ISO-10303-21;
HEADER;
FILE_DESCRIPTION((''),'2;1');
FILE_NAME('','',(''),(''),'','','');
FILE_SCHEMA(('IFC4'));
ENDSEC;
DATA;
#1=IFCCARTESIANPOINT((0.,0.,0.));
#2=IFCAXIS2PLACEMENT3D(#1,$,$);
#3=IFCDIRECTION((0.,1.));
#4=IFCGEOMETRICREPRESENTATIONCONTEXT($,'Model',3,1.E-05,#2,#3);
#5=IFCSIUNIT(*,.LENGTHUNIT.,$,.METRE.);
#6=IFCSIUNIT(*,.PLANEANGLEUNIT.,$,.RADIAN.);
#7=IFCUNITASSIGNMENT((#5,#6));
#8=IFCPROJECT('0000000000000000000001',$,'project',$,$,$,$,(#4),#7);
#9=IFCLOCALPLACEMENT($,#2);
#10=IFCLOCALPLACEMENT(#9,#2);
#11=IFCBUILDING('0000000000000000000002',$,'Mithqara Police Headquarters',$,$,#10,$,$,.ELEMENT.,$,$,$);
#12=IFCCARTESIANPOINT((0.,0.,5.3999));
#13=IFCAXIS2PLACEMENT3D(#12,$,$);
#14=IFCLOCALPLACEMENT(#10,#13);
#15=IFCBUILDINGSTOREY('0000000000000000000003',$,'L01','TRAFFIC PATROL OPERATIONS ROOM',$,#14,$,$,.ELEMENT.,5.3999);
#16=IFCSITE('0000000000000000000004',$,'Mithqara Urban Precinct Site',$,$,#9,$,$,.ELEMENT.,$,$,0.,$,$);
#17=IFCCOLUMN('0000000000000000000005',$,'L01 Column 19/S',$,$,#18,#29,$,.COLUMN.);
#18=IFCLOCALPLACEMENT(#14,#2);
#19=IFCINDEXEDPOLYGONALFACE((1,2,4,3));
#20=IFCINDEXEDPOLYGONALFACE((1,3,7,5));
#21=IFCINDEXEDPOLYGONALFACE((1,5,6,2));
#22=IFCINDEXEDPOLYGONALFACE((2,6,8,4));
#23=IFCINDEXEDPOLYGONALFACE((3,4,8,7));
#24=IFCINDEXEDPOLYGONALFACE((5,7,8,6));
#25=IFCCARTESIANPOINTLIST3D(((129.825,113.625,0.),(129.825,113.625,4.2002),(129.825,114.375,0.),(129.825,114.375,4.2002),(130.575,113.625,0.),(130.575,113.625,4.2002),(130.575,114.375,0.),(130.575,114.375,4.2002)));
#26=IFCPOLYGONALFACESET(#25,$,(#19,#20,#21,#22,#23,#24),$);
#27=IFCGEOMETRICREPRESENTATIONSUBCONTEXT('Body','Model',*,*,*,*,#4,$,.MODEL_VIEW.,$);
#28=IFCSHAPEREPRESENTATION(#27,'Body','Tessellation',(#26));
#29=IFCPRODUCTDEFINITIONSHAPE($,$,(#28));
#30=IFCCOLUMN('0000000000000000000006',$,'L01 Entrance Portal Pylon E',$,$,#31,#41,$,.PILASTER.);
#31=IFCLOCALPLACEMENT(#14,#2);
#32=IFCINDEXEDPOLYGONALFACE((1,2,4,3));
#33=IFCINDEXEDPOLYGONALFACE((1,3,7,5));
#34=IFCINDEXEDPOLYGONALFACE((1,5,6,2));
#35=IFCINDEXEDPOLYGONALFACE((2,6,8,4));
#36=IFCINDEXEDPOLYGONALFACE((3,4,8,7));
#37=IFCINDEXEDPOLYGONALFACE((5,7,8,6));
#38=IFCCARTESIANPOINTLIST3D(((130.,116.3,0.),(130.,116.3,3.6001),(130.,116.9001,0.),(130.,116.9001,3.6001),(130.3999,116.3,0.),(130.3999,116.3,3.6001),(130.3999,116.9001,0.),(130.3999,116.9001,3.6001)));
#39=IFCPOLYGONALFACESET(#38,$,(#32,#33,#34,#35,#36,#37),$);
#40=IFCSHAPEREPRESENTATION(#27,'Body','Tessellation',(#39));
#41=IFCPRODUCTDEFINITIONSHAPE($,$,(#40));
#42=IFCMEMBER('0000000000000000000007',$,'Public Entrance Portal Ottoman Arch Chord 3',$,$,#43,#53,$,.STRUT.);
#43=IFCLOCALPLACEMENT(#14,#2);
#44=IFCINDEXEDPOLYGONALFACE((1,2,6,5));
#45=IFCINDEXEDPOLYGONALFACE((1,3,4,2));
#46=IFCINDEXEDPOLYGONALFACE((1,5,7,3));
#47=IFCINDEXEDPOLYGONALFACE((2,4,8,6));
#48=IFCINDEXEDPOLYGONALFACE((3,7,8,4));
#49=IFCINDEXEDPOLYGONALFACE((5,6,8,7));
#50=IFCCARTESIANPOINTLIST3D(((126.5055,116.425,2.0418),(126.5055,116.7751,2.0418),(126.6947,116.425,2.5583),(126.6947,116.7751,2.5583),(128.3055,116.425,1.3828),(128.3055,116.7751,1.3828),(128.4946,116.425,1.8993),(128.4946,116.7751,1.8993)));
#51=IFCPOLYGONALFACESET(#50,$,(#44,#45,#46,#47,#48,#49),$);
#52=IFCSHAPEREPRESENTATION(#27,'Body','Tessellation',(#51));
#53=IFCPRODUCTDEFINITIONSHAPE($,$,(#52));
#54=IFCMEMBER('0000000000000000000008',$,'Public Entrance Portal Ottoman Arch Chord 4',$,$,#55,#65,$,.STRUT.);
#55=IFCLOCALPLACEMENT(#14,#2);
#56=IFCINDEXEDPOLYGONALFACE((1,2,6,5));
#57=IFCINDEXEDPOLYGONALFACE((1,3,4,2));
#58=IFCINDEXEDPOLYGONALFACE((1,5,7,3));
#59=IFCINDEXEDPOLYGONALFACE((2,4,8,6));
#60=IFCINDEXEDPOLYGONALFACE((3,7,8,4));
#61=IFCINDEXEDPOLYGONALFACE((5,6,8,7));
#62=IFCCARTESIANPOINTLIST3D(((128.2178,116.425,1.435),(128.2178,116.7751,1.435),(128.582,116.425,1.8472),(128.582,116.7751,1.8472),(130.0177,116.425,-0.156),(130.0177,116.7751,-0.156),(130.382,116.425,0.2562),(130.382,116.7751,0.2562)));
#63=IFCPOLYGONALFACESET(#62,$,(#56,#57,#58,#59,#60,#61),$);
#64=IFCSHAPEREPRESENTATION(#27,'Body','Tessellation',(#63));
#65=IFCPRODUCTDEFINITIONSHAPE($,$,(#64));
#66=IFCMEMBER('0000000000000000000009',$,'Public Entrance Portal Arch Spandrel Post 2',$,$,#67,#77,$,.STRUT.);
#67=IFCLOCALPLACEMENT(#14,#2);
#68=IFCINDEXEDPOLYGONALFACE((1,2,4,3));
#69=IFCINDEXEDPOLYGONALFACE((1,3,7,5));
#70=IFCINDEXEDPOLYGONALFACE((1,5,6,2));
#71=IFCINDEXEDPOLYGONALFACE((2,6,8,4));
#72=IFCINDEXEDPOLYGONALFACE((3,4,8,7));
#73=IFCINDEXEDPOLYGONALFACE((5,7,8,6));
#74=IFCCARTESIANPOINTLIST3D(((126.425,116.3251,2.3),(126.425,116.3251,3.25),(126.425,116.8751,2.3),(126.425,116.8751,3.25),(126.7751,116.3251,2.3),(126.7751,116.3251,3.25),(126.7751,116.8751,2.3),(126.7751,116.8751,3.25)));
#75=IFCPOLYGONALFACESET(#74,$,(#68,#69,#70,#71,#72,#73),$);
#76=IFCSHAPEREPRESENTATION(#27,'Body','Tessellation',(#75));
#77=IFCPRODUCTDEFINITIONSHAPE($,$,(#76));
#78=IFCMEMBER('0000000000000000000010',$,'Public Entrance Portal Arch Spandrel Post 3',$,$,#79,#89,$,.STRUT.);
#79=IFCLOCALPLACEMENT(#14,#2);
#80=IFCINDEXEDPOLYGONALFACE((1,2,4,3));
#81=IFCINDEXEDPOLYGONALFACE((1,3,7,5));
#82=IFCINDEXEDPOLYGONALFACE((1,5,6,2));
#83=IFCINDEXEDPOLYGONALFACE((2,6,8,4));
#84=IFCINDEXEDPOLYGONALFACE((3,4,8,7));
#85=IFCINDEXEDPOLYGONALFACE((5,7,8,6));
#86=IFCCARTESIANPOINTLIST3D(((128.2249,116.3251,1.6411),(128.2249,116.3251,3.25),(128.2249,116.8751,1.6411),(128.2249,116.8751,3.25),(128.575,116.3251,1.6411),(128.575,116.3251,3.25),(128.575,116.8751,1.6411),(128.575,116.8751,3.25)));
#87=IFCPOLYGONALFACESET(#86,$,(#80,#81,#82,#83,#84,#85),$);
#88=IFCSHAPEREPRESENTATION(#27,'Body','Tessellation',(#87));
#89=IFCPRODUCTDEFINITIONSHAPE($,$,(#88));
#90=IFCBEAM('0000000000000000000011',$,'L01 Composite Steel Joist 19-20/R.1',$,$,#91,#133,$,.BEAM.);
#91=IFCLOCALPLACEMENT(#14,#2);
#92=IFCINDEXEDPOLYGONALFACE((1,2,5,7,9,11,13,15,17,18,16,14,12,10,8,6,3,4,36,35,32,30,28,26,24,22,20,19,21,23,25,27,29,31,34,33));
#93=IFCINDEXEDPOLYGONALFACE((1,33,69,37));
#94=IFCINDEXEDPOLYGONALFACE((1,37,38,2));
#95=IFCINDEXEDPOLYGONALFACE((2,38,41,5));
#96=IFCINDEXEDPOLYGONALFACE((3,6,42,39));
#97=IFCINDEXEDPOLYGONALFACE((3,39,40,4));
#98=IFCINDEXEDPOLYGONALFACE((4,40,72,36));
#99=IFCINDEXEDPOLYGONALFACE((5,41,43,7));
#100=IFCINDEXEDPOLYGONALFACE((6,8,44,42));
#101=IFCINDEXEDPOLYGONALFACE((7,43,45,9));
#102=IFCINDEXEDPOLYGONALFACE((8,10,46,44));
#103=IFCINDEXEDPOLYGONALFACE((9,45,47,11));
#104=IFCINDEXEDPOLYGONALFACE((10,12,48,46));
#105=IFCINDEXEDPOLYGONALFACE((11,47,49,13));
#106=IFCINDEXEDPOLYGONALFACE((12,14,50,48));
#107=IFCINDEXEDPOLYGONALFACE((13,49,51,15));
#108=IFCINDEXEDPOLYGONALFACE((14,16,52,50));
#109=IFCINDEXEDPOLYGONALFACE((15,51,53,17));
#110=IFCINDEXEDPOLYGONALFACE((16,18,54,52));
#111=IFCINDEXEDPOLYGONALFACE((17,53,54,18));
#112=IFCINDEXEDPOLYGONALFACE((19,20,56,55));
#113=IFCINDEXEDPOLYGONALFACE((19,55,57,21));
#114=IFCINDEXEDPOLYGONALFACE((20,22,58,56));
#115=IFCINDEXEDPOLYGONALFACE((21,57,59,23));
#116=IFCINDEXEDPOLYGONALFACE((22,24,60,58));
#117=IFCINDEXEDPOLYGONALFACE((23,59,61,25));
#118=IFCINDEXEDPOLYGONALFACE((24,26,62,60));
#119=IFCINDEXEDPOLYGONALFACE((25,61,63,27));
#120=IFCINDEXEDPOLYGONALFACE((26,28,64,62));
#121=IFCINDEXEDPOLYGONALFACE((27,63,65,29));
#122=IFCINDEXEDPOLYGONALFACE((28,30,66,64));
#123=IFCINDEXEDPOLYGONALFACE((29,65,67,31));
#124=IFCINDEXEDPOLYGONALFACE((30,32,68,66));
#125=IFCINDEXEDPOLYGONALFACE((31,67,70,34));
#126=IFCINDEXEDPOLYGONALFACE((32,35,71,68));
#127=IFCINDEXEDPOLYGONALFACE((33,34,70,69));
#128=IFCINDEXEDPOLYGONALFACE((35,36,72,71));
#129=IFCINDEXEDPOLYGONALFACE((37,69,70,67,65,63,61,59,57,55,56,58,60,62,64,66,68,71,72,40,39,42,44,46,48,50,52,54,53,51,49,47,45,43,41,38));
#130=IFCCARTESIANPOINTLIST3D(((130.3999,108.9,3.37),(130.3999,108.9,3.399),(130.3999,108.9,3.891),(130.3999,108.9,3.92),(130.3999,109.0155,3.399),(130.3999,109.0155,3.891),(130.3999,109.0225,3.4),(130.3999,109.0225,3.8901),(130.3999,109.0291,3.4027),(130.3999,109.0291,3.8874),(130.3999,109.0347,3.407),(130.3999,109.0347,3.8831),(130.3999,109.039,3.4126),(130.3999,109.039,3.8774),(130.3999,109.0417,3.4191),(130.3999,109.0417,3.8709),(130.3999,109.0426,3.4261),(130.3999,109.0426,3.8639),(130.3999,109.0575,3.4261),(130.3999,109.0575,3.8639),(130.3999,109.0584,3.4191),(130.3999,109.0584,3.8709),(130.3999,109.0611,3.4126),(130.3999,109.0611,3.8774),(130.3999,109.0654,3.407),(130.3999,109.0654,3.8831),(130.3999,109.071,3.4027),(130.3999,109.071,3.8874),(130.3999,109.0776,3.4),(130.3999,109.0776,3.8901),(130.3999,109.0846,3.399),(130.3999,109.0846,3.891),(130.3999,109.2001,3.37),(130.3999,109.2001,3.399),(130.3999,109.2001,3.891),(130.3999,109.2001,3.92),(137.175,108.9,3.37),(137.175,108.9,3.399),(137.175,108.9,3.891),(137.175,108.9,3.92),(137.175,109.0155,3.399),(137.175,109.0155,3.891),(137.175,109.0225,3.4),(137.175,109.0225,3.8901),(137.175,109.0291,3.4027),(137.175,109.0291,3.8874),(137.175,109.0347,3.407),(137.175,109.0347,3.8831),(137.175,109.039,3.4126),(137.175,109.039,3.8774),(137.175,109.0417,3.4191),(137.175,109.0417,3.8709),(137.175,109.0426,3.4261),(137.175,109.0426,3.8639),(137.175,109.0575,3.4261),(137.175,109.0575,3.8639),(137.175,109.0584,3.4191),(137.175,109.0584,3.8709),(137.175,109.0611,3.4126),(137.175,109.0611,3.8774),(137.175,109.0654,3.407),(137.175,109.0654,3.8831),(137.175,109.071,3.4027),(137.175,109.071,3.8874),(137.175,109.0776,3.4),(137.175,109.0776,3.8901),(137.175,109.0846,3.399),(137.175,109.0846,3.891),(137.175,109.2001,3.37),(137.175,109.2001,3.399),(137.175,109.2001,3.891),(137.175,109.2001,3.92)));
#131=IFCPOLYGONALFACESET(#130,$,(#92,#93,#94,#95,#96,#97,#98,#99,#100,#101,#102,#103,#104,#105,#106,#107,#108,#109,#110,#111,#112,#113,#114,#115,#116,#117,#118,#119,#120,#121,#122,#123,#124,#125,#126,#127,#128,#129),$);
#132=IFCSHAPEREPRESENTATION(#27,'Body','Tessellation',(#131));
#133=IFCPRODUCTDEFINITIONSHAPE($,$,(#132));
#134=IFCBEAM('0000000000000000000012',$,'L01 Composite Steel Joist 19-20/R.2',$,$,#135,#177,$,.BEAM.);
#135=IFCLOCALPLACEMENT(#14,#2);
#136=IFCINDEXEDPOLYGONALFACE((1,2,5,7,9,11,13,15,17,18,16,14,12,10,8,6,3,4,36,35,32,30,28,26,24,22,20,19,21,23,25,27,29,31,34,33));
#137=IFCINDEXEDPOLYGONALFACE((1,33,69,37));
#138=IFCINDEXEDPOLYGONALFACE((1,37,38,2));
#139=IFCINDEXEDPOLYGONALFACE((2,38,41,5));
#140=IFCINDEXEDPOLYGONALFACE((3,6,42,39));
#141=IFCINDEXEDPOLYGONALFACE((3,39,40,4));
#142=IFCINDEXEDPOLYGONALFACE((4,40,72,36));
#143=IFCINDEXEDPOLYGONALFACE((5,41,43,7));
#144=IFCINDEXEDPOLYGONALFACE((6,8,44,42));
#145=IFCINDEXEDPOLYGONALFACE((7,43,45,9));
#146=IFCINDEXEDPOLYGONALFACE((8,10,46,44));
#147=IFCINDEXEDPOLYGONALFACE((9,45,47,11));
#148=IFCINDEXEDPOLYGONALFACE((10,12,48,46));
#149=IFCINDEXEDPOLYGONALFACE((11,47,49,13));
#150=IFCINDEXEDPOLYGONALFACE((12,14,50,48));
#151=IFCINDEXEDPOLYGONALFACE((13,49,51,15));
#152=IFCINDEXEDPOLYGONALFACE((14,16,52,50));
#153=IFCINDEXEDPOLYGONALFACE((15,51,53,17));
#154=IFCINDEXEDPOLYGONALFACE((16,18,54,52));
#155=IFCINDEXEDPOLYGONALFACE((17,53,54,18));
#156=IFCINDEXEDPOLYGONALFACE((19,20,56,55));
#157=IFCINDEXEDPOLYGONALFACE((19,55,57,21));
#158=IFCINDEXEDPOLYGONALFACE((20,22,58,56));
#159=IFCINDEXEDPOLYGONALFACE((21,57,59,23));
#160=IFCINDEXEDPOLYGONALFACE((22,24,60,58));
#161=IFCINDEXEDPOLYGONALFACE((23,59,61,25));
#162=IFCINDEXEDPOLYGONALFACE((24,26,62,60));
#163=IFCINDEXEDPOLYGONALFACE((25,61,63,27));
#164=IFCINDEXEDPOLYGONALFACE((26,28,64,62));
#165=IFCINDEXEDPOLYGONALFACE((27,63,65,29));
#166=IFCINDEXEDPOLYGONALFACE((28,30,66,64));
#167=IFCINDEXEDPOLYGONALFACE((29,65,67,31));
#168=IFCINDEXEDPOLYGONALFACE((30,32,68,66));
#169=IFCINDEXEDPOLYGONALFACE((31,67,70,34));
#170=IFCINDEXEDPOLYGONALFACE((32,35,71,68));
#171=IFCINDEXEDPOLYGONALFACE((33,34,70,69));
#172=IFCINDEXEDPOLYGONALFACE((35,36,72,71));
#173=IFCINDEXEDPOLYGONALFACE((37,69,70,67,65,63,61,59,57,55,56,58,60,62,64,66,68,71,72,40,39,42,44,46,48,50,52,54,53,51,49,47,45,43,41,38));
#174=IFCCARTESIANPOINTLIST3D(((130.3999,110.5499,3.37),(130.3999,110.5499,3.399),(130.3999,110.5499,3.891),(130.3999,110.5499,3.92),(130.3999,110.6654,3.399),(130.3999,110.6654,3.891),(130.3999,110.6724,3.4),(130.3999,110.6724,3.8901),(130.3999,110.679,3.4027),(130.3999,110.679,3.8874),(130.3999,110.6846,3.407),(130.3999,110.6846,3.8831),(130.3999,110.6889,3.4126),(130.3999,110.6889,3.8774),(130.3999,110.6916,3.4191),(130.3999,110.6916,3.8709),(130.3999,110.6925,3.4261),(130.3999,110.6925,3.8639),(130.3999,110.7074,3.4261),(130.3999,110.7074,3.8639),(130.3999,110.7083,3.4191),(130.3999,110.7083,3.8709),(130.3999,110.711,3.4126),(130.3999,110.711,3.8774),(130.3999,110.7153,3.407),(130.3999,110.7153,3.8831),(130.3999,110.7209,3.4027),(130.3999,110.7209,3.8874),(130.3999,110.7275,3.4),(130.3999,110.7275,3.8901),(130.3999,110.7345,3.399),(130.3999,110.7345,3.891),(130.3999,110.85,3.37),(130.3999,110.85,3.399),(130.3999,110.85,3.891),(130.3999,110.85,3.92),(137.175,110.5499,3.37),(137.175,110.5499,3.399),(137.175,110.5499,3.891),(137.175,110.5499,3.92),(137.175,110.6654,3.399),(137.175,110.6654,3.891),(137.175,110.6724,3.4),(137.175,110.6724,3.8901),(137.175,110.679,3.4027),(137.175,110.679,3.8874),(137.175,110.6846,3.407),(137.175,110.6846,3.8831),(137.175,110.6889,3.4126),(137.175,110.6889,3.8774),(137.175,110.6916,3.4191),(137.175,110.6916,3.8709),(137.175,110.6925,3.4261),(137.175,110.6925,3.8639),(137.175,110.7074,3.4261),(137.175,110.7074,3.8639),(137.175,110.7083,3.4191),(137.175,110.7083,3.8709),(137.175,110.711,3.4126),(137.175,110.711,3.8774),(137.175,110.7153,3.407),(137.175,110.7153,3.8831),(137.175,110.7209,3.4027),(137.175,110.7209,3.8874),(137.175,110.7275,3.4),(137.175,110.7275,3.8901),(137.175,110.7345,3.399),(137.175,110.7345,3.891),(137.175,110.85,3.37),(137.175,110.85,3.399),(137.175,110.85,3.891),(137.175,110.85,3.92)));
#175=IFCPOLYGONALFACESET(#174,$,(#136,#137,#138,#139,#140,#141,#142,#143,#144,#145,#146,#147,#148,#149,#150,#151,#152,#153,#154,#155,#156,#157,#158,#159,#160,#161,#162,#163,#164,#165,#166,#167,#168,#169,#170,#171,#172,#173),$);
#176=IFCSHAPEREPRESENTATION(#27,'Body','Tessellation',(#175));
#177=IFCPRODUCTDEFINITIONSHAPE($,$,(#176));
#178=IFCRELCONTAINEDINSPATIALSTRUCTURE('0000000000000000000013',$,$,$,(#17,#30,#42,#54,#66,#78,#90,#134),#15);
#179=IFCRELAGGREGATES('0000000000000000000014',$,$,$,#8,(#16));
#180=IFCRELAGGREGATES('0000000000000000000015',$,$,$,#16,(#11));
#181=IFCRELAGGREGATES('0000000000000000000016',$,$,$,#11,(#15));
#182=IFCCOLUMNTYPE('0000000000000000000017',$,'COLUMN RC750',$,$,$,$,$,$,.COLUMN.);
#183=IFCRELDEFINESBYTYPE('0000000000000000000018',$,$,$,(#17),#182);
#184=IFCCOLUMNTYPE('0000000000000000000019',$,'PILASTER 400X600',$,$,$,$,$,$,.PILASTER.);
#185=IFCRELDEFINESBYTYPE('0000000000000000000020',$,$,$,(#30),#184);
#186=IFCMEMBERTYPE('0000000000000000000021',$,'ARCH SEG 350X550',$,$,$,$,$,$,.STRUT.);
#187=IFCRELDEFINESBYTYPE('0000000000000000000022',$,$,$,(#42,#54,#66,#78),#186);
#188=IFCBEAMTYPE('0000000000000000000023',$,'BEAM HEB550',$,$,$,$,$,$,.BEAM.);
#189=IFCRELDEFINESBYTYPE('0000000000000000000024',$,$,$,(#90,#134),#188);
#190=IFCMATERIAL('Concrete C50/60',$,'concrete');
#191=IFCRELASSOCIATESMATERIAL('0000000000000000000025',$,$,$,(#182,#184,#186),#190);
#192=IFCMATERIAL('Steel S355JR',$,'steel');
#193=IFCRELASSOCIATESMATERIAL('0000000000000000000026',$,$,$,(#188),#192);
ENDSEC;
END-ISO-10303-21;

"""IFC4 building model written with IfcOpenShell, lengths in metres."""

from ifc_helpers import new_model, si_unit, direction, frame, origin, origin_2d, place, context, subcontext, project, spatial, rectangle, i_section, extrude, material, material_profile, profile_set, type_object, element, save


model = new_model("IFC4")

# Units and contexts
model_context = context("Model", 3, precision=1e-05, world=origin(), true_north=direction((0.0, 1.0)))
body_context = subcontext(model_context, "Body", "Model", "MODEL_VIEW")
ifc_project = project(units=[si_unit("LENGTHUNIT", "METRE"), si_unit("PLANEANGLEUNIT", "RADIAN")], contexts=[model_context])

# Site, building, storey
site_placement = place(None, origin())
site = spatial("IfcSite", under=ifc_project, at=site_placement, Name="Mithqara Urban Precinct Site", CompositionType="ELEMENT", RefElevation=0.0)
building_placement = place(site_placement, origin())
building = spatial("IfcBuilding", under=site, at=building_placement, Name="Mithqara Police Headquarters", CompositionType="ELEMENT")
storey_placement = place(building_placement, frame((0.0, 0.0, 5.3999)))
storey = spatial("IfcBuildingStorey", under=building, at=storey_placement, Name="L01", Description="TRAFFIC PATROL OPERATIONS ROOM", CompositionType="ELEMENT", Elevation=5.3999)

# Columns
ifc_material_1 = material(Name="Concrete C50/60", Category="concrete")
ifc_material_profile_1 = material_profile(ifc_material_1, rectangle(XDim=0.75, YDim=0.75, at=origin_2d()), Name="RC 750x750")
ifc_profile_set_1 = profile_set([ifc_material_profile_1], Name="Concrete C50/60")
column_type_1 = type_object("IfcColumnType", Name="COLUMN RC750", PredefinedType="COLUMN", material=ifc_profile_set_1)
column_1_placement = place(storey_placement, frame((130.2, 114.0, 0.0), z_axis=(0.0, 0.0, 1.0), x_axis=(1.0, 0.0, 0.0)))
element("IfcColumn", 1, at=column_1_placement, inside=storey, type_object=column_type_1, Name="L01 Column 19/S", PredefinedType="COLUMN", context=body_context, shape_type="SweptSolid", body=[
    extrude(rectangle(XDim=0.75, YDim=0.75, at=origin_2d()), origin(), (0.0, 0.0, 1.0), 4.2002),
])
ifc_material_profile_2 = material_profile(ifc_material_1, rectangle(XDim=0.3999, YDim=0.6001, at=origin_2d()), Name="PIL 400x600")
ifc_profile_set_2 = profile_set([ifc_material_profile_2], Name="Concrete C50/60")
column_type_2 = type_object("IfcColumnType", Name="PILASTER 400X600", PredefinedType="PILASTER", material=ifc_profile_set_2)
column_2_placement = place(storey_placement, frame((130.2, 116.6001, 0.0), z_axis=(0.0, 0.0, 1.0), x_axis=(1.0, 0.0, 0.0)))
element("IfcColumn", 2, at=column_2_placement, inside=storey, type_object=column_type_2, Name="L01 Entrance Portal Pylon E", PredefinedType="PILASTER", context=body_context, shape_type="SweptSolid", body=[
    extrude(rectangle(XDim=0.3999, YDim=0.6001, at=origin_2d()), origin(), (0.0, 0.0, 1.0), 3.6001),
])

# Members
ifc_material_profile_3 = material_profile(ifc_material_1, rectangle(XDim=0.3501, YDim=0.55, at=origin_2d()), Name="ARC 350x550")
ifc_profile_set_3 = profile_set([ifc_material_profile_3], Name="Concrete C50/60")
member_type = type_object("IfcMemberType", Name="ARCH SEG 350X550", PredefinedType="STRUT", material=ifc_profile_set_3)
member_1_placement = place(storey_placement, frame((126.6001, 116.6001, 2.3), z_axis=(0.939044, 0.0, -0.343798), x_axis=(0.0, 1.0, 0.0)))
element("IfcMember", 3, at=member_1_placement, inside=storey, type_object=member_type, Name="Public Entrance Portal Ottoman Arch Chord 3", PredefinedType="STRUT", context=body_context, shape_type="SweptSolid", body=[
    extrude(rectangle(XDim=0.3501, YDim=0.55, at=origin_2d()), origin(), (0.0, 0.0, 1.0), 1.9167),
])
member_2_placement = place(storey_placement, frame((128.3999, 116.6001, 1.6411), z_axis=(0.749262, 0.0, -0.662273), x_axis=(0.0, 1.0, 0.0)))
element("IfcMember", 4, at=member_2_placement, inside=storey, type_object=member_type, Name="Public Entrance Portal Ottoman Arch Chord 4", PredefinedType="STRUT", context=body_context, shape_type="SweptSolid", body=[
    extrude(rectangle(XDim=0.3501, YDim=0.55, at=origin_2d()), origin(), (0.0, 0.0, 1.0), 2.4023),
])
member_3_placement = place(storey_placement, frame((126.6001, 116.6001, 2.3), z_axis=(0.0, 0.0, 1.0), x_axis=(1.0, 0.0, 0.0)))
element("IfcMember", 5, at=member_3_placement, inside=storey, type_object=member_type, Name="Public Entrance Portal Arch Spandrel Post 2", PredefinedType="STRUT", context=body_context, shape_type="SweptSolid", body=[
    extrude(rectangle(XDim=0.3501, YDim=0.55, at=origin_2d()), origin(), (0.0, 0.0, 1.0), 0.95),
])
member_4_placement = place(storey_placement, frame((128.3999, 116.6001, 1.6411), z_axis=(0.0, 0.0, 1.0), x_axis=(1.0, 0.0, 0.0)))
element("IfcMember", 6, at=member_4_placement, inside=storey, type_object=member_type, Name="Public Entrance Portal Arch Spandrel Post 3", PredefinedType="STRUT", context=body_context, shape_type="SweptSolid", body=[
    extrude(rectangle(XDim=0.3501, YDim=0.55, at=origin_2d()), origin(), (0.0, 0.0, 1.0), 1.6089),
])

# Beams
ifc_material_2 = material(Name="Steel S355JR", Category="steel")
ifc_material_profile_4 = material_profile(ifc_material_2, i_section(OverallWidth=0.3, OverallDepth=0.55, WebThickness=0.0149, FlangeThickness=0.0291, FilletRadius=0.0271, at=origin_2d()), Name="HEB 550")
ifc_profile_set_4 = profile_set([ifc_material_profile_4], Name="Steel S355JR")
beam_type_1 = type_object("IfcBeamType", Name="BEAM HEB550", PredefinedType="BEAM", material=ifc_profile_set_4)
for number, where, z_axis, x_axis, name in (
    (7, (130.3999, 109.05, 3.645), (1.0, 0.0, 0.0), (0.0, 1.0, 0.0), "L01 Composite Steel Joist 19-20/R.1"),
    (8, (130.3999, 110.7, 3.645), (1.0, 0.0, 0.0), (0.0, 1.0, 0.0), "L01 Composite Steel Joist 19-20/R.2"),
):
    element("IfcBeam", number, at=place(storey_placement, frame(where, z_axis=z_axis, x_axis=x_axis)), inside=storey, type_object=beam_type_1, Name=name, PredefinedType="BEAM", context=body_context, shape_type="SweptSolid", body=[
        extrude(i_section(OverallWidth=0.3, OverallDepth=0.55, WebThickness=0.0149, FlangeThickness=0.0291, FilletRadius=0.0271, at=origin_2d()), origin(), (0.0, 0.0, 1.0), 6.7751),
    ])

save(model, "model.ifc")
